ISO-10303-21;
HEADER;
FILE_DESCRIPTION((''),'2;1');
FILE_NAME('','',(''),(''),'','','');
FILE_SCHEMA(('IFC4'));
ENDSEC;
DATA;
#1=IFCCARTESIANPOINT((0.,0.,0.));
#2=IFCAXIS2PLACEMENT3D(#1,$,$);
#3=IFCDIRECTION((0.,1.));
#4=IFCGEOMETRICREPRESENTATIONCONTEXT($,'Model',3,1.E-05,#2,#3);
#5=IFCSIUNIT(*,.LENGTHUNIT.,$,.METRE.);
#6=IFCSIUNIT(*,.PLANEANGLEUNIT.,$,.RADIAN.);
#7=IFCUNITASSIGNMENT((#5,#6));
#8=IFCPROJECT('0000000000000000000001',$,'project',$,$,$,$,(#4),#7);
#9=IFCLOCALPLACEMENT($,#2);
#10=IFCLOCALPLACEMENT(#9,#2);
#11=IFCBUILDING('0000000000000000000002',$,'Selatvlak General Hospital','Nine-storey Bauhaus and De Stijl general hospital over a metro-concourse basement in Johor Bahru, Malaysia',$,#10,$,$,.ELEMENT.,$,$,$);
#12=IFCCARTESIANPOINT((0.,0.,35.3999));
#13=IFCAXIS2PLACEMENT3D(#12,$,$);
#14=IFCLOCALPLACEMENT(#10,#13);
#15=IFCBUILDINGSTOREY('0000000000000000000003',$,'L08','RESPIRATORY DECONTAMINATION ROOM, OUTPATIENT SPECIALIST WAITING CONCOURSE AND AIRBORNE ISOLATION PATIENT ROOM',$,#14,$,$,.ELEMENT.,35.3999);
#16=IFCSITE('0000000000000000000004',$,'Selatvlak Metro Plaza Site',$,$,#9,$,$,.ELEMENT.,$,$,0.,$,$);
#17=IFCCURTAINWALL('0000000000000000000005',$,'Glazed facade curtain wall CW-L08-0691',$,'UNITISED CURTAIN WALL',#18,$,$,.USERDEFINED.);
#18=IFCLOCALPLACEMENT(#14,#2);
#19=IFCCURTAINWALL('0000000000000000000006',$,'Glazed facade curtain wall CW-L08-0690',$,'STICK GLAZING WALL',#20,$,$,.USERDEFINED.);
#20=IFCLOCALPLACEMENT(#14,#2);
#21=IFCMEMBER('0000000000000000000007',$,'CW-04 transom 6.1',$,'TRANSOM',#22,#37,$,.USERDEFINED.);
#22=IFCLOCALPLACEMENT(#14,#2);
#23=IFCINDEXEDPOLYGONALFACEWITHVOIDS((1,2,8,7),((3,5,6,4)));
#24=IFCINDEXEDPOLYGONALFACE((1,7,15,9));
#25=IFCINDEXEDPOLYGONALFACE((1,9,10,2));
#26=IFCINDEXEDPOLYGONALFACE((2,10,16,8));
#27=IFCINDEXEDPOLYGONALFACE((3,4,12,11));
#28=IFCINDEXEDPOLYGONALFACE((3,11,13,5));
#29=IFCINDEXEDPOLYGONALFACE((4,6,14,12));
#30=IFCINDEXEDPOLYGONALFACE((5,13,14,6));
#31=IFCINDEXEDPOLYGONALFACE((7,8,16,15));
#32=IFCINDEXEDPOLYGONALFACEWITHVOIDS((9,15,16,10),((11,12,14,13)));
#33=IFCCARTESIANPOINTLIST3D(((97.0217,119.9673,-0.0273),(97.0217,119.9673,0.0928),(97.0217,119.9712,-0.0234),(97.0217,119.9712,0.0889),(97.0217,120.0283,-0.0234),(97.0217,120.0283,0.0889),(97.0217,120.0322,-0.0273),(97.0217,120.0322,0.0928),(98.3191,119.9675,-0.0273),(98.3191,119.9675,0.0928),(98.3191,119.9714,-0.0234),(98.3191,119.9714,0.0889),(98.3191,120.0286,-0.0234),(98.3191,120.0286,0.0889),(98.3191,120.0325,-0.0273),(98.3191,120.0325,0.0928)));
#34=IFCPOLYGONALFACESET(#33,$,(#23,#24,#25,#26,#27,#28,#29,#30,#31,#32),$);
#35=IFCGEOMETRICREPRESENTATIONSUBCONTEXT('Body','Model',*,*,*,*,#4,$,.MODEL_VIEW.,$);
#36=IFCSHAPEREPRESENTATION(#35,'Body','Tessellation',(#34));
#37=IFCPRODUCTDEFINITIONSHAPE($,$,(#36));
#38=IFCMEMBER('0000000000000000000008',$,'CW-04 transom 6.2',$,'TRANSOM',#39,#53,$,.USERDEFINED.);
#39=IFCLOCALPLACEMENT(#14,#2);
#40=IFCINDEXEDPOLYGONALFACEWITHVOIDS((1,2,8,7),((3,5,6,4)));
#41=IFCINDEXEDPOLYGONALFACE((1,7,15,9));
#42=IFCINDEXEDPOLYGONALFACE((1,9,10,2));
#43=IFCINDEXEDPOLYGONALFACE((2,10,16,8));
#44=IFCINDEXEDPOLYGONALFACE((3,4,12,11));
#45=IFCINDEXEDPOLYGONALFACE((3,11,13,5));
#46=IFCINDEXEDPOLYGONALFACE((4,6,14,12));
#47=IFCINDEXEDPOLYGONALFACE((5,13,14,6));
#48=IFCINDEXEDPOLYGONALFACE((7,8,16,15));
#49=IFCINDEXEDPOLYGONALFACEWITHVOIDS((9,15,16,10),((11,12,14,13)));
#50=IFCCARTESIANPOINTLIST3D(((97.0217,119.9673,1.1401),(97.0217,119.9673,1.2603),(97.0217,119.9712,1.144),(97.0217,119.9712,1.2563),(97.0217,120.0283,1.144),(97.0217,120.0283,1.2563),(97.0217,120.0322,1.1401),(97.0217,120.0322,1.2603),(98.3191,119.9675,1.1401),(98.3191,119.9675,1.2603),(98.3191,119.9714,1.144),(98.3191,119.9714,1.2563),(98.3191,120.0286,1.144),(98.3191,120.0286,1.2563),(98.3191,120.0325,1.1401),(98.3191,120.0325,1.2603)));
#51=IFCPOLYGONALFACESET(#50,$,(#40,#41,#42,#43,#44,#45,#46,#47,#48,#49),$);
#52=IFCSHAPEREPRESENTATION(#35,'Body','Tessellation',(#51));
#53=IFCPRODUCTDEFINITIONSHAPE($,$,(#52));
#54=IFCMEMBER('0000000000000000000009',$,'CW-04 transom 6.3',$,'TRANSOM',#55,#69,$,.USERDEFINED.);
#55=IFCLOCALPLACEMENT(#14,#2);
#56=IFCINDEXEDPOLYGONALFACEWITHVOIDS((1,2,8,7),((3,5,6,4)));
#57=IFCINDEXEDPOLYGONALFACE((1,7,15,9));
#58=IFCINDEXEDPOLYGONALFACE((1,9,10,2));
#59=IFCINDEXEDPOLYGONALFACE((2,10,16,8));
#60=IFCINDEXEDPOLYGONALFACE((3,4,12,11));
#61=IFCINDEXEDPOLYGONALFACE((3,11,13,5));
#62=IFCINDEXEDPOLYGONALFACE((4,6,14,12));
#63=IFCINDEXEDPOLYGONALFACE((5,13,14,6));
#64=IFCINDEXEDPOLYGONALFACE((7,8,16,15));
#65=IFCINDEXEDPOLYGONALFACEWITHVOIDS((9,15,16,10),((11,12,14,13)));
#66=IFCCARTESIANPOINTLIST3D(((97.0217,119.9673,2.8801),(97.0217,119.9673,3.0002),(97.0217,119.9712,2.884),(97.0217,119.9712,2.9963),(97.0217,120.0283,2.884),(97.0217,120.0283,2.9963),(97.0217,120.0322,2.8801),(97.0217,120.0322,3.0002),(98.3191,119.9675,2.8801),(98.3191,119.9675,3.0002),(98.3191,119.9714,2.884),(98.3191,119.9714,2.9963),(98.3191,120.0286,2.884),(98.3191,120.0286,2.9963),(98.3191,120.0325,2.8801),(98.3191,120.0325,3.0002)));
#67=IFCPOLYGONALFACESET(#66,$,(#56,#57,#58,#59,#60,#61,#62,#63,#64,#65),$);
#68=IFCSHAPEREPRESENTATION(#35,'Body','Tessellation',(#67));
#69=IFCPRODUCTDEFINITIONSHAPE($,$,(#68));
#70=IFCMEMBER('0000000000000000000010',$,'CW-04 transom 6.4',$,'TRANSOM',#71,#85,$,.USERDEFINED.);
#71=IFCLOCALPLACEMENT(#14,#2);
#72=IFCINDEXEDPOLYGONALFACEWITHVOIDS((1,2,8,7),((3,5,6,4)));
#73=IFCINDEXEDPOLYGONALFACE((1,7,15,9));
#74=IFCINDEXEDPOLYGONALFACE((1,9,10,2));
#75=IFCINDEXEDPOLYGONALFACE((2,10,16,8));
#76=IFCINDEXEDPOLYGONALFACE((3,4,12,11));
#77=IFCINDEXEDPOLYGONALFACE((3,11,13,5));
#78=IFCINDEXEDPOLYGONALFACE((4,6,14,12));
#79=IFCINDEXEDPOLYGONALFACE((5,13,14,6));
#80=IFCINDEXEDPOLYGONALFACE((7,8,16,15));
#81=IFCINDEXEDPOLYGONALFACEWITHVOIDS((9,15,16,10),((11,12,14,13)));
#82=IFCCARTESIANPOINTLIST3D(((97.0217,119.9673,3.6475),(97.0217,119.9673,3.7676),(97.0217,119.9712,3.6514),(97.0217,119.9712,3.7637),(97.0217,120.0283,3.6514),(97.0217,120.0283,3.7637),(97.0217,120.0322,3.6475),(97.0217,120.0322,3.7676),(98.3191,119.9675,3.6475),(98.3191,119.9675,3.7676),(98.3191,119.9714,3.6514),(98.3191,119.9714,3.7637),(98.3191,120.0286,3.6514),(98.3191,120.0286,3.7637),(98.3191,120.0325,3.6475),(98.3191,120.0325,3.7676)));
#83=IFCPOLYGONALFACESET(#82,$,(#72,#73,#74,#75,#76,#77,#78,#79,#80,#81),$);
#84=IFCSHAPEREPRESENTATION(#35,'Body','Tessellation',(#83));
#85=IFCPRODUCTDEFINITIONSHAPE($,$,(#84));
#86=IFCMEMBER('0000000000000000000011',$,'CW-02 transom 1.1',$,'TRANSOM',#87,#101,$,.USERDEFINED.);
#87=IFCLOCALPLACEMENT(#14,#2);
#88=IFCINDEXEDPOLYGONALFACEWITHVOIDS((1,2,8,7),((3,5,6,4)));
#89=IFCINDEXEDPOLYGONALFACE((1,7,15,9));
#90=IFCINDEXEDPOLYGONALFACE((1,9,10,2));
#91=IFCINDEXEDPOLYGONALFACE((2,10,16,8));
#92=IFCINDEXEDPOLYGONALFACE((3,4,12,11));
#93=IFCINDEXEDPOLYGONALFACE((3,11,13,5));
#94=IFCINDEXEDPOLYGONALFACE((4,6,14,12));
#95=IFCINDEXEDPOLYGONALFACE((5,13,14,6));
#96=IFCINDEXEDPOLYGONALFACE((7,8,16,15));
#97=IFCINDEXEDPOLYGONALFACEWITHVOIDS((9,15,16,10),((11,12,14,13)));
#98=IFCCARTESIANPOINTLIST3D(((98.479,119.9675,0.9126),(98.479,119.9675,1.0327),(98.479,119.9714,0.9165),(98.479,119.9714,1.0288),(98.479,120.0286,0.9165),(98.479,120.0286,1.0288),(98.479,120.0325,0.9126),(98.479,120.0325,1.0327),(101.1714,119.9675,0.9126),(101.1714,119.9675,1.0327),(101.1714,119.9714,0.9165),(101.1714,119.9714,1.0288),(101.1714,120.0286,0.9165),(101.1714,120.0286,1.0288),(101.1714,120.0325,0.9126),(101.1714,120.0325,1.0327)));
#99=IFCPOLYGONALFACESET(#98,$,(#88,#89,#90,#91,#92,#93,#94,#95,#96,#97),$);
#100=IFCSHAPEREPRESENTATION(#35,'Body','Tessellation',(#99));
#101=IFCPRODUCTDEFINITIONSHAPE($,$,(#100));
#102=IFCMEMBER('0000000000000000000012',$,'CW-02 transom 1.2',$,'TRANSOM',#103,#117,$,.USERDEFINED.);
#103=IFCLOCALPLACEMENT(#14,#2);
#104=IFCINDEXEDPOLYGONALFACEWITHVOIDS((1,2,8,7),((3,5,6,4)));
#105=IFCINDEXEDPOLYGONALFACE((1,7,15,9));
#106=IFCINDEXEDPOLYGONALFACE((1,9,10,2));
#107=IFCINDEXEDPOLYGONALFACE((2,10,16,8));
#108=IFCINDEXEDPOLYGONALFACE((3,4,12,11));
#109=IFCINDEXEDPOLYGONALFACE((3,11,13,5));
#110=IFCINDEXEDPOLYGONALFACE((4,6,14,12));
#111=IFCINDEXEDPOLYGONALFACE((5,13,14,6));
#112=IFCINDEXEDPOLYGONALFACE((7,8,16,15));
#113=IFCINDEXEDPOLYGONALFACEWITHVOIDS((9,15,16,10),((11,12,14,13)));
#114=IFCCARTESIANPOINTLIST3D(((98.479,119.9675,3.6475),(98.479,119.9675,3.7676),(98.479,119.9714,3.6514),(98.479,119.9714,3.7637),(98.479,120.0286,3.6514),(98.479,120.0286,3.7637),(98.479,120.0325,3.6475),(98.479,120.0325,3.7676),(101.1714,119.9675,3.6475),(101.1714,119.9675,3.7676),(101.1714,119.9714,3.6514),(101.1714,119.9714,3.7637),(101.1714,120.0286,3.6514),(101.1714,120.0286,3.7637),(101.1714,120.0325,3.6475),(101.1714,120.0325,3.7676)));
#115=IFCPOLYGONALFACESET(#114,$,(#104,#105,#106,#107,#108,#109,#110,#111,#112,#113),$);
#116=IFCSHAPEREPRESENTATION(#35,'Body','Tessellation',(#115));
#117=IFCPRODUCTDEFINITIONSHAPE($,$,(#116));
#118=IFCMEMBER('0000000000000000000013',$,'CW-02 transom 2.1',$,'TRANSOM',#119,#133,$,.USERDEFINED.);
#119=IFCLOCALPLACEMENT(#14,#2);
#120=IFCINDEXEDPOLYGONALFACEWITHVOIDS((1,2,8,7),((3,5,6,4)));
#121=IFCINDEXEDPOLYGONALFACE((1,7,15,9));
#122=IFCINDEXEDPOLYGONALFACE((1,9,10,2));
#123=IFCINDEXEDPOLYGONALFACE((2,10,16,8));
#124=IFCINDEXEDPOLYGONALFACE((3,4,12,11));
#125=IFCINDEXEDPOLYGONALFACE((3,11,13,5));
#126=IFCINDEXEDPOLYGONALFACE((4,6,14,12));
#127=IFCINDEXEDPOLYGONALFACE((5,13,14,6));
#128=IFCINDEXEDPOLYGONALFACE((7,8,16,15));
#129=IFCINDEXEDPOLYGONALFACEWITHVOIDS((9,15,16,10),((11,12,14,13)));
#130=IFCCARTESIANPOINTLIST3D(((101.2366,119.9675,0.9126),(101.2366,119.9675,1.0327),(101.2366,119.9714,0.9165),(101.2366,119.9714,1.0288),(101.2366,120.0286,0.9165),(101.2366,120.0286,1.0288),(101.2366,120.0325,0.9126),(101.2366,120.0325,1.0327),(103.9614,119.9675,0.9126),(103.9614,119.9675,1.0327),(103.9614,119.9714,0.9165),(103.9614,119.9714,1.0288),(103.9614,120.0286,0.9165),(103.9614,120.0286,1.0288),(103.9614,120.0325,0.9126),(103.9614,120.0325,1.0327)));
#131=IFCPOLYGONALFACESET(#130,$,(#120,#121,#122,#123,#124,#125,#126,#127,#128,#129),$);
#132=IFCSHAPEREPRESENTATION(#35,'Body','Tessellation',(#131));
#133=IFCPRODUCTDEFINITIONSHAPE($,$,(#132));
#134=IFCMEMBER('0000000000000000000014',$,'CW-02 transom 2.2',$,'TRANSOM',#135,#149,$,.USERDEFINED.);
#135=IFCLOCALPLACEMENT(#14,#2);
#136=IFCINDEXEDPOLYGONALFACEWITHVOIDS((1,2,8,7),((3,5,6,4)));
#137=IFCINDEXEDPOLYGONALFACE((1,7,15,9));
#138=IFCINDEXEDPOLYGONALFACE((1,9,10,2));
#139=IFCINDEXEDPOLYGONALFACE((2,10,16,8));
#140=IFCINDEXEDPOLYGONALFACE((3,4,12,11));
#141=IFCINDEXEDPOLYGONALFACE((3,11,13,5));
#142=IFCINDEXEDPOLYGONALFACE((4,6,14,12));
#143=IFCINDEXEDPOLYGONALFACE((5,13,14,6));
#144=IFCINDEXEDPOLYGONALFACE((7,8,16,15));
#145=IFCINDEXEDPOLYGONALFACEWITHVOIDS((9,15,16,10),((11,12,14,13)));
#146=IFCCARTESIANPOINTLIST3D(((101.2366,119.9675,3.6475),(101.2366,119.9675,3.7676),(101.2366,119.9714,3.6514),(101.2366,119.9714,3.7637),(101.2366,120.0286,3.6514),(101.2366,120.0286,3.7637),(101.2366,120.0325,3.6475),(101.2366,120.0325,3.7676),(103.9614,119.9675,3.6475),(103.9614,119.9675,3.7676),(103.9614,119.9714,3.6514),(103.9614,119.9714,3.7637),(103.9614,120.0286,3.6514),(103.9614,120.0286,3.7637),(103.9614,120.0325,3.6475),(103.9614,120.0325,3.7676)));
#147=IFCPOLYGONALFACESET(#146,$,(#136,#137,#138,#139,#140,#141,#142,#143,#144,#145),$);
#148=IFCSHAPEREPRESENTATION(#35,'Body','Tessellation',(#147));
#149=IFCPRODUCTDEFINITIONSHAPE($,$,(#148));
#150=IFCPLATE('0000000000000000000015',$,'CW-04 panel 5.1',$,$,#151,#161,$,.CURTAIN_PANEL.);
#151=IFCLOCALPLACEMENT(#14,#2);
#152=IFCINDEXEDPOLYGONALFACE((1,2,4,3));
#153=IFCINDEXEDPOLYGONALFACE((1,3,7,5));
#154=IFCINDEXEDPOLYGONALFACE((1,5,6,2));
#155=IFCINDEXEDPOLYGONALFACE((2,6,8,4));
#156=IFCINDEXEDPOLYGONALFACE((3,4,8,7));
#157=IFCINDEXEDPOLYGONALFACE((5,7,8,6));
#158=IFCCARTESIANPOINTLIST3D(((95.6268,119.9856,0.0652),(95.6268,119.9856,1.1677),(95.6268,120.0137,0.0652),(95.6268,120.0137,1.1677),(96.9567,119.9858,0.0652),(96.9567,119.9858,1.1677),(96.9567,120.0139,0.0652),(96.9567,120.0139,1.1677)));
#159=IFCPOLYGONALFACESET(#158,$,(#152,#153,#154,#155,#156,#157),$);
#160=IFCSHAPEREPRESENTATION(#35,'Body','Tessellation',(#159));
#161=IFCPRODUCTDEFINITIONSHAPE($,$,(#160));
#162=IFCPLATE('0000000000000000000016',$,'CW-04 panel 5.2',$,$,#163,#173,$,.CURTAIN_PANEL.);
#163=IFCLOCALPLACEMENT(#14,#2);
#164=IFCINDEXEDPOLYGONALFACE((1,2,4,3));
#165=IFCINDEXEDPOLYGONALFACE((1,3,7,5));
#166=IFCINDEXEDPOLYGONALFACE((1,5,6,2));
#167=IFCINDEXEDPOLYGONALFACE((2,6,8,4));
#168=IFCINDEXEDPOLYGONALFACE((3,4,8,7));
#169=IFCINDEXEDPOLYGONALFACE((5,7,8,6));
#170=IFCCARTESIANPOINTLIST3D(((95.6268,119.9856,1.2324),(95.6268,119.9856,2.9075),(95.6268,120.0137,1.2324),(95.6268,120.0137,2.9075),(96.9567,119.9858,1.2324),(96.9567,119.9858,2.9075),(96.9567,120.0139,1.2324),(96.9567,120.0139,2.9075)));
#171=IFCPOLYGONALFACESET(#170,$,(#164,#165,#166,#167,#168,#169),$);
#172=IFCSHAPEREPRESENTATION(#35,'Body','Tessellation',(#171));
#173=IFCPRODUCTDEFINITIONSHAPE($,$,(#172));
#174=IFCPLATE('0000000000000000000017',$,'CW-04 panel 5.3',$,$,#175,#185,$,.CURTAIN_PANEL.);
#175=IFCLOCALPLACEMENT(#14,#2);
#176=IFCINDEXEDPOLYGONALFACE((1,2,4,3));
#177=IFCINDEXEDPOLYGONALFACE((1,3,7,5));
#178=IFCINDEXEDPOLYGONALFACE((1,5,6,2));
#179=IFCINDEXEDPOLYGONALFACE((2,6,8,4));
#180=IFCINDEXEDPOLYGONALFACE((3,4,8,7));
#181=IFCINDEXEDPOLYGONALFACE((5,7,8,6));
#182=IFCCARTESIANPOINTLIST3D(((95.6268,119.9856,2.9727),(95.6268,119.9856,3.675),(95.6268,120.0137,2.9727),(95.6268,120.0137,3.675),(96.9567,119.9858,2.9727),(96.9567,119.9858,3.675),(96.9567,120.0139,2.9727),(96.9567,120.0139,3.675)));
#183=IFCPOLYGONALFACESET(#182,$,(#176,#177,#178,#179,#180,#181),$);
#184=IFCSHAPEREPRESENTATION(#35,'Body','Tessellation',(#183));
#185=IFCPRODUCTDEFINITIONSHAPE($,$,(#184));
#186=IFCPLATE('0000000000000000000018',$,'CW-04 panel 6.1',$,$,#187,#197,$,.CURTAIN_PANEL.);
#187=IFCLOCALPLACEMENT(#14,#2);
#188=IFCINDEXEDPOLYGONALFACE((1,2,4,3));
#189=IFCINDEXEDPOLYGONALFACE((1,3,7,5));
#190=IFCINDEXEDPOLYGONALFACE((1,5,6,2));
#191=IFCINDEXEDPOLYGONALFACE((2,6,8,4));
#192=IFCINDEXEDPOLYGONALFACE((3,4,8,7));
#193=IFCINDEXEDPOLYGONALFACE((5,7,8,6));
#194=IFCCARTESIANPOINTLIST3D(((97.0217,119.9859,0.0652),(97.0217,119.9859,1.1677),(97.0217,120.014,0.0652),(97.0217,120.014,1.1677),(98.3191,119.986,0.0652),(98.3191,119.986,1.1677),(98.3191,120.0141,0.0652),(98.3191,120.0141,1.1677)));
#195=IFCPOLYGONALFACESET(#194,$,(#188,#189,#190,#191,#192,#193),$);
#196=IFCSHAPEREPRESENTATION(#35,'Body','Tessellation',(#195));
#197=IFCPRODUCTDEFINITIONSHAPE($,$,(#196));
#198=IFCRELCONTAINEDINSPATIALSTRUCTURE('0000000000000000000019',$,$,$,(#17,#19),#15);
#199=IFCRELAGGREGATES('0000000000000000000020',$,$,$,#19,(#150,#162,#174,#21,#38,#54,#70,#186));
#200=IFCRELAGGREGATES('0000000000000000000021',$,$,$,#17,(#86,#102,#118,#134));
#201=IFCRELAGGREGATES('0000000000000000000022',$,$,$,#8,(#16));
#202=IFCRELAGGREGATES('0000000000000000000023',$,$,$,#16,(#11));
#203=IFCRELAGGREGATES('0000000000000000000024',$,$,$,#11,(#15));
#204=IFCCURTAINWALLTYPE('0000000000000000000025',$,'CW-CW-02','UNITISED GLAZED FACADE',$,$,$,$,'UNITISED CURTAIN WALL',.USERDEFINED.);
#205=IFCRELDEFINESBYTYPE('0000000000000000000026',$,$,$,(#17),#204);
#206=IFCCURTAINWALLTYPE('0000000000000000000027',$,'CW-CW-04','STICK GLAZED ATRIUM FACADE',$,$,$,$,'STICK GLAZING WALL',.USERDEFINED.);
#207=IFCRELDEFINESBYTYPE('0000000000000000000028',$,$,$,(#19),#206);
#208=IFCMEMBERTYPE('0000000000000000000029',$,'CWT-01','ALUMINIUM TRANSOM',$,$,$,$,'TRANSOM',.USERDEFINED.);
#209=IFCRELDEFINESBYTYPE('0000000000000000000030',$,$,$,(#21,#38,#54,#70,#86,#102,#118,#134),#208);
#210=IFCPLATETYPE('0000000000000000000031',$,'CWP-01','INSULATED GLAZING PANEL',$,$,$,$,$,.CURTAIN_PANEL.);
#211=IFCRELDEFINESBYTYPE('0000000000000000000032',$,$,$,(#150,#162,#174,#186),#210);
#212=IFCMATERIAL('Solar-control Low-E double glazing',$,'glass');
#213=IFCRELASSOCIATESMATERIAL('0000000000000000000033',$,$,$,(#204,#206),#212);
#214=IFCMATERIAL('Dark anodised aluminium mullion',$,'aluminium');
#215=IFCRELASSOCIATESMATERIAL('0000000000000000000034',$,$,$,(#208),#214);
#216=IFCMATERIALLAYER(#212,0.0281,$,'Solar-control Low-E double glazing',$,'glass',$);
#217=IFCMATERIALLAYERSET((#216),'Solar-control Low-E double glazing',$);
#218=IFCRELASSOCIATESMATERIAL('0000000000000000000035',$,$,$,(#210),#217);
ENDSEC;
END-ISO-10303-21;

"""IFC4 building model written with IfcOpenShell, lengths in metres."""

from ifc_helpers import new_model, si_unit, direction, frame, origin, origin_2d, place, context, subcontext, project, spatial, rectangle, hollow_rectangle, extrude, material, layer, layer_set, material_profile, profile_set, type_object, element, aggregate, save


model = new_model("IFC4")

# Units and contexts
model_context = context("Model", 3, precision=1e-05, world=origin(), true_north=direction((0.0, 1.0)))
body_context = subcontext(model_context, "Body", "Model", "MODEL_VIEW")
ifc_project = project(units=[si_unit("LENGTHUNIT", "METRE"), si_unit("PLANEANGLEUNIT", "RADIAN")], contexts=[model_context])

# Site, building, storey
site_placement = place(None, origin())
site = spatial("IfcSite", under=ifc_project, at=site_placement, Name="Selatvlak Metro Plaza Site", CompositionType="ELEMENT", RefElevation=0.0)
building_placement = place(site_placement, origin())
building = spatial("IfcBuilding", under=site, at=building_placement, Name="Selatvlak General Hospital", Description="Nine-storey Bauhaus and De Stijl general hospital over a metro-concourse basement in Johor Bahru, Malaysia", CompositionType="ELEMENT")
storey_placement = place(building_placement, frame((0.0, 0.0, 35.3999)))
storey = spatial("IfcBuildingStorey", under=building, at=storey_placement, Name="L08", Description="RESPIRATORY DECONTAMINATION ROOM, OUTPATIENT SPECIALIST WAITING CONCOURSE AND AIRBORNE ISOLATION PATIENT ROOM", CompositionType="ELEMENT", Elevation=35.3999)

# Curtain walls, members
ifc_material_1 = material(Name="Solar-control Low-E double glazing", Category="glass")
curtain_wall_type_1 = type_object("IfcCurtainWallType", Name="CW-CW-02", Description="UNITISED GLAZED FACADE", ElementType="UNITISED CURTAIN WALL", PredefinedType="USERDEFINED", material=ifc_material_1)
curtain_wall_1_placement = place(storey_placement, origin())
curtain_wall_1 = element("IfcCurtainWall", 1, at=curtain_wall_1_placement, inside=storey, type_object=curtain_wall_type_1, Name="Glazed facade curtain wall CW-L08-0691", ObjectType="UNITISED CURTAIN WALL", PredefinedType="USERDEFINED")
ifc_material_2 = material(Name="Dark anodised aluminium mullion", Category="aluminium")
curtain_wall_type_2 = type_object("IfcCurtainWallType", Name="CW-CW-04", Description="STICK GLAZED ATRIUM FACADE", ElementType="STICK GLAZING WALL", PredefinedType="USERDEFINED", material=ifc_material_1)
curtain_wall_2_placement = place(storey_placement, origin())
curtain_wall_2 = element("IfcCurtainWall", 2, at=curtain_wall_2_placement, inside=storey, type_object=curtain_wall_type_2, Name="Glazed facade curtain wall CW-L08-0690", ObjectType="STICK GLAZING WALL", PredefinedType="USERDEFINED")
ifc_material_profile_1 = material_profile(ifc_material_2, hollow_rectangle(XDim=0.0649, YDim=0.1201, WallThickness=0.0039, at=origin_2d()), Name="AL-TRN 65x120x4")
ifc_profile_set_1 = profile_set([ifc_material_profile_1], Name="Dark anodised aluminium mullion")
member_type_1 = type_object("IfcMemberType", Name="CWT-01", Description="ALUMINIUM TRANSOM", ElementType="TRANSOM", PredefinedType="USERDEFINED", material=ifc_profile_set_1)
member_1_placement = place(storey_placement, frame((97.0217, 119.9998, 0.0327), z_axis=(1.0, 0.000188, 0.0), x_axis=(-0.000188, 1.0, 0.0)))
member_1 = element("IfcMember", 3, at=member_1_placement, type_object=member_type_1, Name="CW-04 transom 6.1", ObjectType="TRANSOM", PredefinedType="USERDEFINED", context=body_context, shape_type="SweptSolid", body=[
    extrude(hollow_rectangle(XDim=0.0649, YDim=0.1201, WallThickness=0.0039, at=origin_2d()), origin(), (0.0, 0.0, 1.0), 1.2974),
])
member_2_placement = place(storey_placement, frame((97.0217, 119.9998, 1.2002), z_axis=(1.0, 0.000188, 0.0), x_axis=(-0.000188, 1.0, 0.0)))
member_2 = element("IfcMember", 4, at=member_2_placement, type_object=member_type_1, Name="CW-04 transom 6.2", ObjectType="TRANSOM", PredefinedType="USERDEFINED", context=body_context, shape_type="SweptSolid", body=[
    extrude(hollow_rectangle(XDim=0.0649, YDim=0.1201, WallThickness=0.0039, at=origin_2d()), origin(), (0.0, 0.0, 1.0), 1.2974),
])
member_3_placement = place(storey_placement, frame((97.0217, 119.9998, 2.9402), z_axis=(1.0, 0.000188, 0.0), x_axis=(-0.000188, 1.0, 0.0)))
member_3 = element("IfcMember", 5, at=member_3_placement, type_object=member_type_1, Name="CW-04 transom 6.3", ObjectType="TRANSOM", PredefinedType="USERDEFINED", context=body_context, shape_type="SweptSolid", body=[
    extrude(hollow_rectangle(XDim=0.0649, YDim=0.1201, WallThickness=0.0039, at=origin_2d()), origin(), (0.0, 0.0, 1.0), 1.2974),
])
member_4_placement = place(storey_placement, frame((97.0217, 119.9998, 3.7075), z_axis=(1.0, 0.000188, 0.0), x_axis=(-0.000188, 1.0, 0.0)))
member_4 = element("IfcMember", 6, at=member_4_placement, type_object=member_type_1, Name="CW-04 transom 6.4", ObjectType="TRANSOM", PredefinedType="USERDEFINED", context=body_context, shape_type="SweptSolid", body=[
    extrude(hollow_rectangle(XDim=0.0649, YDim=0.1201, WallThickness=0.0039, at=origin_2d()), origin(), (0.0, 0.0, 1.0), 1.2974),
])

# Members
member_5_placement = place(storey_placement, frame((98.479, 120.0, 0.9727), z_axis=(1.0, 0.0, 0.0), x_axis=(0.0, 1.0, 0.0)))
member_5 = element("IfcMember", 7, at=member_5_placement, type_object=member_type_1, Name="CW-02 transom 1.1", ObjectType="TRANSOM", PredefinedType="USERDEFINED", context=body_context, shape_type="SweptSolid", body=[
    extrude(hollow_rectangle(XDim=0.0649, YDim=0.1201, WallThickness=0.0039, at=origin_2d()), origin(), (0.0, 0.0, 1.0), 2.6924),
])
member_6_placement = place(storey_placement, frame((98.479, 120.0, 3.7075), z_axis=(1.0, 0.0, 0.0), x_axis=(0.0, 1.0, 0.0)))
member_6 = element("IfcMember", 8, at=member_6_placement, type_object=member_type_1, Name="CW-02 transom 1.2", ObjectType="TRANSOM", PredefinedType="USERDEFINED", context=body_context, shape_type="SweptSolid", body=[
    extrude(hollow_rectangle(XDim=0.0649, YDim=0.1201, WallThickness=0.0039, at=origin_2d()), origin(), (0.0, 0.0, 1.0), 2.6924),
])
member_7_placement = place(storey_placement, frame((101.2366, 120.0, 0.9727), z_axis=(1.0, 0.0, 0.0), x_axis=(0.0, 1.0, 0.0)))
member_7 = element("IfcMember", 9, at=member_7_placement, type_object=member_type_1, Name="CW-02 transom 2.1", ObjectType="TRANSOM", PredefinedType="USERDEFINED", context=body_context, shape_type="SweptSolid", body=[
    extrude(hollow_rectangle(XDim=0.0649, YDim=0.1201, WallThickness=0.0039, at=origin_2d()), origin(), (0.0, 0.0, 1.0), 2.7249),
])
member_8_placement = place(storey_placement, frame((101.2366, 120.0, 3.7075), z_axis=(1.0, 0.0, 0.0), x_axis=(0.0, 1.0, 0.0)))
member_8 = element("IfcMember", 10, at=member_8_placement, type_object=member_type_1, Name="CW-02 transom 2.2", ObjectType="TRANSOM", PredefinedType="USERDEFINED", context=body_context, shape_type="SweptSolid", body=[
    extrude(hollow_rectangle(XDim=0.0649, YDim=0.1201, WallThickness=0.0039, at=origin_2d()), origin(), (0.0, 0.0, 1.0), 2.7249),
])

# Plates
ifc_layer_1 = layer(ifc_material_1, 0.0281, Name="Solar-control Low-E double glazing", Category="glass")
ifc_layer_set_1 = layer_set([ifc_layer_1], Name="Solar-control Low-E double glazing")
plate_type = type_object("IfcPlateType", Name="CWP-01", Description="INSULATED GLAZING PANEL", PredefinedType="CURTAIN_PANEL", material=ifc_layer_set_1)
plate_1_placement = place(storey_placement, frame((96.2917, 119.9998, 0.0652), z_axis=(0.0, 0.0, 1.0), x_axis=(1.0, 0.000119, 0.0)))
plate_1 = element("IfcPlate", 11, at=plate_1_placement, type_object=plate_type, Name="CW-04 panel 5.1", PredefinedType="CURTAIN_PANEL", context=body_context, shape_type="SweptSolid", body=[
    extrude(rectangle(XDim=1.3298, YDim=0.0281, at=origin_2d()), origin(), (0.0, 0.0, 1.0), 1.1025),
])
plate_2_placement = place(storey_placement, frame((96.2917, 119.9998, 1.2324), z_axis=(0.0, 0.0, 1.0), x_axis=(1.0, 0.000119, 0.0)))
plate_2 = element("IfcPlate", 12, at=plate_2_placement, type_object=plate_type, Name="CW-04 panel 5.2", PredefinedType="CURTAIN_PANEL", context=body_context, shape_type="SweptSolid", body=[
    extrude(rectangle(XDim=1.3298, YDim=0.0281, at=origin_2d()), origin(), (0.0, 0.0, 1.0), 1.675),
])
plate_3_placement = place(storey_placement, frame((96.2917, 119.9998, 2.9727), z_axis=(0.0, 0.0, 1.0), x_axis=(1.0, 0.000119, 0.0)))
plate_3 = element("IfcPlate", 13, at=plate_3_placement, type_object=plate_type, Name="CW-04 panel 5.3", PredefinedType="CURTAIN_PANEL", context=body_context, shape_type="SweptSolid", body=[
    extrude(rectangle(XDim=1.3298, YDim=0.0281, at=origin_2d()), origin(), (0.0, 0.0, 1.0), 0.7024),
])
plate_4_placement = place(storey_placement, frame((97.6704, 120.0, 0.0652), z_axis=(0.0, 0.0, 1.0), x_axis=(1.0, 0.000119, 0.0)))
plate_4 = element("IfcPlate", 14, at=plate_4_placement, type_object=plate_type, Name="CW-04 panel 6.1", PredefinedType="CURTAIN_PANEL", context=body_context, shape_type="SweptSolid", body=[
    extrude(rectangle(XDim=1.2974, YDim=0.0281, at=origin_2d()), origin(), (0.0, 0.0, 1.0), 1.1025),
])
aggregate(curtain_wall_2, [plate_1, plate_2, plate_3, member_1, member_2, member_3, member_4, plate_4])
aggregate(curtain_wall_1, [member_5, member_6, member_7, member_8])

save(model, "model.ifc")
